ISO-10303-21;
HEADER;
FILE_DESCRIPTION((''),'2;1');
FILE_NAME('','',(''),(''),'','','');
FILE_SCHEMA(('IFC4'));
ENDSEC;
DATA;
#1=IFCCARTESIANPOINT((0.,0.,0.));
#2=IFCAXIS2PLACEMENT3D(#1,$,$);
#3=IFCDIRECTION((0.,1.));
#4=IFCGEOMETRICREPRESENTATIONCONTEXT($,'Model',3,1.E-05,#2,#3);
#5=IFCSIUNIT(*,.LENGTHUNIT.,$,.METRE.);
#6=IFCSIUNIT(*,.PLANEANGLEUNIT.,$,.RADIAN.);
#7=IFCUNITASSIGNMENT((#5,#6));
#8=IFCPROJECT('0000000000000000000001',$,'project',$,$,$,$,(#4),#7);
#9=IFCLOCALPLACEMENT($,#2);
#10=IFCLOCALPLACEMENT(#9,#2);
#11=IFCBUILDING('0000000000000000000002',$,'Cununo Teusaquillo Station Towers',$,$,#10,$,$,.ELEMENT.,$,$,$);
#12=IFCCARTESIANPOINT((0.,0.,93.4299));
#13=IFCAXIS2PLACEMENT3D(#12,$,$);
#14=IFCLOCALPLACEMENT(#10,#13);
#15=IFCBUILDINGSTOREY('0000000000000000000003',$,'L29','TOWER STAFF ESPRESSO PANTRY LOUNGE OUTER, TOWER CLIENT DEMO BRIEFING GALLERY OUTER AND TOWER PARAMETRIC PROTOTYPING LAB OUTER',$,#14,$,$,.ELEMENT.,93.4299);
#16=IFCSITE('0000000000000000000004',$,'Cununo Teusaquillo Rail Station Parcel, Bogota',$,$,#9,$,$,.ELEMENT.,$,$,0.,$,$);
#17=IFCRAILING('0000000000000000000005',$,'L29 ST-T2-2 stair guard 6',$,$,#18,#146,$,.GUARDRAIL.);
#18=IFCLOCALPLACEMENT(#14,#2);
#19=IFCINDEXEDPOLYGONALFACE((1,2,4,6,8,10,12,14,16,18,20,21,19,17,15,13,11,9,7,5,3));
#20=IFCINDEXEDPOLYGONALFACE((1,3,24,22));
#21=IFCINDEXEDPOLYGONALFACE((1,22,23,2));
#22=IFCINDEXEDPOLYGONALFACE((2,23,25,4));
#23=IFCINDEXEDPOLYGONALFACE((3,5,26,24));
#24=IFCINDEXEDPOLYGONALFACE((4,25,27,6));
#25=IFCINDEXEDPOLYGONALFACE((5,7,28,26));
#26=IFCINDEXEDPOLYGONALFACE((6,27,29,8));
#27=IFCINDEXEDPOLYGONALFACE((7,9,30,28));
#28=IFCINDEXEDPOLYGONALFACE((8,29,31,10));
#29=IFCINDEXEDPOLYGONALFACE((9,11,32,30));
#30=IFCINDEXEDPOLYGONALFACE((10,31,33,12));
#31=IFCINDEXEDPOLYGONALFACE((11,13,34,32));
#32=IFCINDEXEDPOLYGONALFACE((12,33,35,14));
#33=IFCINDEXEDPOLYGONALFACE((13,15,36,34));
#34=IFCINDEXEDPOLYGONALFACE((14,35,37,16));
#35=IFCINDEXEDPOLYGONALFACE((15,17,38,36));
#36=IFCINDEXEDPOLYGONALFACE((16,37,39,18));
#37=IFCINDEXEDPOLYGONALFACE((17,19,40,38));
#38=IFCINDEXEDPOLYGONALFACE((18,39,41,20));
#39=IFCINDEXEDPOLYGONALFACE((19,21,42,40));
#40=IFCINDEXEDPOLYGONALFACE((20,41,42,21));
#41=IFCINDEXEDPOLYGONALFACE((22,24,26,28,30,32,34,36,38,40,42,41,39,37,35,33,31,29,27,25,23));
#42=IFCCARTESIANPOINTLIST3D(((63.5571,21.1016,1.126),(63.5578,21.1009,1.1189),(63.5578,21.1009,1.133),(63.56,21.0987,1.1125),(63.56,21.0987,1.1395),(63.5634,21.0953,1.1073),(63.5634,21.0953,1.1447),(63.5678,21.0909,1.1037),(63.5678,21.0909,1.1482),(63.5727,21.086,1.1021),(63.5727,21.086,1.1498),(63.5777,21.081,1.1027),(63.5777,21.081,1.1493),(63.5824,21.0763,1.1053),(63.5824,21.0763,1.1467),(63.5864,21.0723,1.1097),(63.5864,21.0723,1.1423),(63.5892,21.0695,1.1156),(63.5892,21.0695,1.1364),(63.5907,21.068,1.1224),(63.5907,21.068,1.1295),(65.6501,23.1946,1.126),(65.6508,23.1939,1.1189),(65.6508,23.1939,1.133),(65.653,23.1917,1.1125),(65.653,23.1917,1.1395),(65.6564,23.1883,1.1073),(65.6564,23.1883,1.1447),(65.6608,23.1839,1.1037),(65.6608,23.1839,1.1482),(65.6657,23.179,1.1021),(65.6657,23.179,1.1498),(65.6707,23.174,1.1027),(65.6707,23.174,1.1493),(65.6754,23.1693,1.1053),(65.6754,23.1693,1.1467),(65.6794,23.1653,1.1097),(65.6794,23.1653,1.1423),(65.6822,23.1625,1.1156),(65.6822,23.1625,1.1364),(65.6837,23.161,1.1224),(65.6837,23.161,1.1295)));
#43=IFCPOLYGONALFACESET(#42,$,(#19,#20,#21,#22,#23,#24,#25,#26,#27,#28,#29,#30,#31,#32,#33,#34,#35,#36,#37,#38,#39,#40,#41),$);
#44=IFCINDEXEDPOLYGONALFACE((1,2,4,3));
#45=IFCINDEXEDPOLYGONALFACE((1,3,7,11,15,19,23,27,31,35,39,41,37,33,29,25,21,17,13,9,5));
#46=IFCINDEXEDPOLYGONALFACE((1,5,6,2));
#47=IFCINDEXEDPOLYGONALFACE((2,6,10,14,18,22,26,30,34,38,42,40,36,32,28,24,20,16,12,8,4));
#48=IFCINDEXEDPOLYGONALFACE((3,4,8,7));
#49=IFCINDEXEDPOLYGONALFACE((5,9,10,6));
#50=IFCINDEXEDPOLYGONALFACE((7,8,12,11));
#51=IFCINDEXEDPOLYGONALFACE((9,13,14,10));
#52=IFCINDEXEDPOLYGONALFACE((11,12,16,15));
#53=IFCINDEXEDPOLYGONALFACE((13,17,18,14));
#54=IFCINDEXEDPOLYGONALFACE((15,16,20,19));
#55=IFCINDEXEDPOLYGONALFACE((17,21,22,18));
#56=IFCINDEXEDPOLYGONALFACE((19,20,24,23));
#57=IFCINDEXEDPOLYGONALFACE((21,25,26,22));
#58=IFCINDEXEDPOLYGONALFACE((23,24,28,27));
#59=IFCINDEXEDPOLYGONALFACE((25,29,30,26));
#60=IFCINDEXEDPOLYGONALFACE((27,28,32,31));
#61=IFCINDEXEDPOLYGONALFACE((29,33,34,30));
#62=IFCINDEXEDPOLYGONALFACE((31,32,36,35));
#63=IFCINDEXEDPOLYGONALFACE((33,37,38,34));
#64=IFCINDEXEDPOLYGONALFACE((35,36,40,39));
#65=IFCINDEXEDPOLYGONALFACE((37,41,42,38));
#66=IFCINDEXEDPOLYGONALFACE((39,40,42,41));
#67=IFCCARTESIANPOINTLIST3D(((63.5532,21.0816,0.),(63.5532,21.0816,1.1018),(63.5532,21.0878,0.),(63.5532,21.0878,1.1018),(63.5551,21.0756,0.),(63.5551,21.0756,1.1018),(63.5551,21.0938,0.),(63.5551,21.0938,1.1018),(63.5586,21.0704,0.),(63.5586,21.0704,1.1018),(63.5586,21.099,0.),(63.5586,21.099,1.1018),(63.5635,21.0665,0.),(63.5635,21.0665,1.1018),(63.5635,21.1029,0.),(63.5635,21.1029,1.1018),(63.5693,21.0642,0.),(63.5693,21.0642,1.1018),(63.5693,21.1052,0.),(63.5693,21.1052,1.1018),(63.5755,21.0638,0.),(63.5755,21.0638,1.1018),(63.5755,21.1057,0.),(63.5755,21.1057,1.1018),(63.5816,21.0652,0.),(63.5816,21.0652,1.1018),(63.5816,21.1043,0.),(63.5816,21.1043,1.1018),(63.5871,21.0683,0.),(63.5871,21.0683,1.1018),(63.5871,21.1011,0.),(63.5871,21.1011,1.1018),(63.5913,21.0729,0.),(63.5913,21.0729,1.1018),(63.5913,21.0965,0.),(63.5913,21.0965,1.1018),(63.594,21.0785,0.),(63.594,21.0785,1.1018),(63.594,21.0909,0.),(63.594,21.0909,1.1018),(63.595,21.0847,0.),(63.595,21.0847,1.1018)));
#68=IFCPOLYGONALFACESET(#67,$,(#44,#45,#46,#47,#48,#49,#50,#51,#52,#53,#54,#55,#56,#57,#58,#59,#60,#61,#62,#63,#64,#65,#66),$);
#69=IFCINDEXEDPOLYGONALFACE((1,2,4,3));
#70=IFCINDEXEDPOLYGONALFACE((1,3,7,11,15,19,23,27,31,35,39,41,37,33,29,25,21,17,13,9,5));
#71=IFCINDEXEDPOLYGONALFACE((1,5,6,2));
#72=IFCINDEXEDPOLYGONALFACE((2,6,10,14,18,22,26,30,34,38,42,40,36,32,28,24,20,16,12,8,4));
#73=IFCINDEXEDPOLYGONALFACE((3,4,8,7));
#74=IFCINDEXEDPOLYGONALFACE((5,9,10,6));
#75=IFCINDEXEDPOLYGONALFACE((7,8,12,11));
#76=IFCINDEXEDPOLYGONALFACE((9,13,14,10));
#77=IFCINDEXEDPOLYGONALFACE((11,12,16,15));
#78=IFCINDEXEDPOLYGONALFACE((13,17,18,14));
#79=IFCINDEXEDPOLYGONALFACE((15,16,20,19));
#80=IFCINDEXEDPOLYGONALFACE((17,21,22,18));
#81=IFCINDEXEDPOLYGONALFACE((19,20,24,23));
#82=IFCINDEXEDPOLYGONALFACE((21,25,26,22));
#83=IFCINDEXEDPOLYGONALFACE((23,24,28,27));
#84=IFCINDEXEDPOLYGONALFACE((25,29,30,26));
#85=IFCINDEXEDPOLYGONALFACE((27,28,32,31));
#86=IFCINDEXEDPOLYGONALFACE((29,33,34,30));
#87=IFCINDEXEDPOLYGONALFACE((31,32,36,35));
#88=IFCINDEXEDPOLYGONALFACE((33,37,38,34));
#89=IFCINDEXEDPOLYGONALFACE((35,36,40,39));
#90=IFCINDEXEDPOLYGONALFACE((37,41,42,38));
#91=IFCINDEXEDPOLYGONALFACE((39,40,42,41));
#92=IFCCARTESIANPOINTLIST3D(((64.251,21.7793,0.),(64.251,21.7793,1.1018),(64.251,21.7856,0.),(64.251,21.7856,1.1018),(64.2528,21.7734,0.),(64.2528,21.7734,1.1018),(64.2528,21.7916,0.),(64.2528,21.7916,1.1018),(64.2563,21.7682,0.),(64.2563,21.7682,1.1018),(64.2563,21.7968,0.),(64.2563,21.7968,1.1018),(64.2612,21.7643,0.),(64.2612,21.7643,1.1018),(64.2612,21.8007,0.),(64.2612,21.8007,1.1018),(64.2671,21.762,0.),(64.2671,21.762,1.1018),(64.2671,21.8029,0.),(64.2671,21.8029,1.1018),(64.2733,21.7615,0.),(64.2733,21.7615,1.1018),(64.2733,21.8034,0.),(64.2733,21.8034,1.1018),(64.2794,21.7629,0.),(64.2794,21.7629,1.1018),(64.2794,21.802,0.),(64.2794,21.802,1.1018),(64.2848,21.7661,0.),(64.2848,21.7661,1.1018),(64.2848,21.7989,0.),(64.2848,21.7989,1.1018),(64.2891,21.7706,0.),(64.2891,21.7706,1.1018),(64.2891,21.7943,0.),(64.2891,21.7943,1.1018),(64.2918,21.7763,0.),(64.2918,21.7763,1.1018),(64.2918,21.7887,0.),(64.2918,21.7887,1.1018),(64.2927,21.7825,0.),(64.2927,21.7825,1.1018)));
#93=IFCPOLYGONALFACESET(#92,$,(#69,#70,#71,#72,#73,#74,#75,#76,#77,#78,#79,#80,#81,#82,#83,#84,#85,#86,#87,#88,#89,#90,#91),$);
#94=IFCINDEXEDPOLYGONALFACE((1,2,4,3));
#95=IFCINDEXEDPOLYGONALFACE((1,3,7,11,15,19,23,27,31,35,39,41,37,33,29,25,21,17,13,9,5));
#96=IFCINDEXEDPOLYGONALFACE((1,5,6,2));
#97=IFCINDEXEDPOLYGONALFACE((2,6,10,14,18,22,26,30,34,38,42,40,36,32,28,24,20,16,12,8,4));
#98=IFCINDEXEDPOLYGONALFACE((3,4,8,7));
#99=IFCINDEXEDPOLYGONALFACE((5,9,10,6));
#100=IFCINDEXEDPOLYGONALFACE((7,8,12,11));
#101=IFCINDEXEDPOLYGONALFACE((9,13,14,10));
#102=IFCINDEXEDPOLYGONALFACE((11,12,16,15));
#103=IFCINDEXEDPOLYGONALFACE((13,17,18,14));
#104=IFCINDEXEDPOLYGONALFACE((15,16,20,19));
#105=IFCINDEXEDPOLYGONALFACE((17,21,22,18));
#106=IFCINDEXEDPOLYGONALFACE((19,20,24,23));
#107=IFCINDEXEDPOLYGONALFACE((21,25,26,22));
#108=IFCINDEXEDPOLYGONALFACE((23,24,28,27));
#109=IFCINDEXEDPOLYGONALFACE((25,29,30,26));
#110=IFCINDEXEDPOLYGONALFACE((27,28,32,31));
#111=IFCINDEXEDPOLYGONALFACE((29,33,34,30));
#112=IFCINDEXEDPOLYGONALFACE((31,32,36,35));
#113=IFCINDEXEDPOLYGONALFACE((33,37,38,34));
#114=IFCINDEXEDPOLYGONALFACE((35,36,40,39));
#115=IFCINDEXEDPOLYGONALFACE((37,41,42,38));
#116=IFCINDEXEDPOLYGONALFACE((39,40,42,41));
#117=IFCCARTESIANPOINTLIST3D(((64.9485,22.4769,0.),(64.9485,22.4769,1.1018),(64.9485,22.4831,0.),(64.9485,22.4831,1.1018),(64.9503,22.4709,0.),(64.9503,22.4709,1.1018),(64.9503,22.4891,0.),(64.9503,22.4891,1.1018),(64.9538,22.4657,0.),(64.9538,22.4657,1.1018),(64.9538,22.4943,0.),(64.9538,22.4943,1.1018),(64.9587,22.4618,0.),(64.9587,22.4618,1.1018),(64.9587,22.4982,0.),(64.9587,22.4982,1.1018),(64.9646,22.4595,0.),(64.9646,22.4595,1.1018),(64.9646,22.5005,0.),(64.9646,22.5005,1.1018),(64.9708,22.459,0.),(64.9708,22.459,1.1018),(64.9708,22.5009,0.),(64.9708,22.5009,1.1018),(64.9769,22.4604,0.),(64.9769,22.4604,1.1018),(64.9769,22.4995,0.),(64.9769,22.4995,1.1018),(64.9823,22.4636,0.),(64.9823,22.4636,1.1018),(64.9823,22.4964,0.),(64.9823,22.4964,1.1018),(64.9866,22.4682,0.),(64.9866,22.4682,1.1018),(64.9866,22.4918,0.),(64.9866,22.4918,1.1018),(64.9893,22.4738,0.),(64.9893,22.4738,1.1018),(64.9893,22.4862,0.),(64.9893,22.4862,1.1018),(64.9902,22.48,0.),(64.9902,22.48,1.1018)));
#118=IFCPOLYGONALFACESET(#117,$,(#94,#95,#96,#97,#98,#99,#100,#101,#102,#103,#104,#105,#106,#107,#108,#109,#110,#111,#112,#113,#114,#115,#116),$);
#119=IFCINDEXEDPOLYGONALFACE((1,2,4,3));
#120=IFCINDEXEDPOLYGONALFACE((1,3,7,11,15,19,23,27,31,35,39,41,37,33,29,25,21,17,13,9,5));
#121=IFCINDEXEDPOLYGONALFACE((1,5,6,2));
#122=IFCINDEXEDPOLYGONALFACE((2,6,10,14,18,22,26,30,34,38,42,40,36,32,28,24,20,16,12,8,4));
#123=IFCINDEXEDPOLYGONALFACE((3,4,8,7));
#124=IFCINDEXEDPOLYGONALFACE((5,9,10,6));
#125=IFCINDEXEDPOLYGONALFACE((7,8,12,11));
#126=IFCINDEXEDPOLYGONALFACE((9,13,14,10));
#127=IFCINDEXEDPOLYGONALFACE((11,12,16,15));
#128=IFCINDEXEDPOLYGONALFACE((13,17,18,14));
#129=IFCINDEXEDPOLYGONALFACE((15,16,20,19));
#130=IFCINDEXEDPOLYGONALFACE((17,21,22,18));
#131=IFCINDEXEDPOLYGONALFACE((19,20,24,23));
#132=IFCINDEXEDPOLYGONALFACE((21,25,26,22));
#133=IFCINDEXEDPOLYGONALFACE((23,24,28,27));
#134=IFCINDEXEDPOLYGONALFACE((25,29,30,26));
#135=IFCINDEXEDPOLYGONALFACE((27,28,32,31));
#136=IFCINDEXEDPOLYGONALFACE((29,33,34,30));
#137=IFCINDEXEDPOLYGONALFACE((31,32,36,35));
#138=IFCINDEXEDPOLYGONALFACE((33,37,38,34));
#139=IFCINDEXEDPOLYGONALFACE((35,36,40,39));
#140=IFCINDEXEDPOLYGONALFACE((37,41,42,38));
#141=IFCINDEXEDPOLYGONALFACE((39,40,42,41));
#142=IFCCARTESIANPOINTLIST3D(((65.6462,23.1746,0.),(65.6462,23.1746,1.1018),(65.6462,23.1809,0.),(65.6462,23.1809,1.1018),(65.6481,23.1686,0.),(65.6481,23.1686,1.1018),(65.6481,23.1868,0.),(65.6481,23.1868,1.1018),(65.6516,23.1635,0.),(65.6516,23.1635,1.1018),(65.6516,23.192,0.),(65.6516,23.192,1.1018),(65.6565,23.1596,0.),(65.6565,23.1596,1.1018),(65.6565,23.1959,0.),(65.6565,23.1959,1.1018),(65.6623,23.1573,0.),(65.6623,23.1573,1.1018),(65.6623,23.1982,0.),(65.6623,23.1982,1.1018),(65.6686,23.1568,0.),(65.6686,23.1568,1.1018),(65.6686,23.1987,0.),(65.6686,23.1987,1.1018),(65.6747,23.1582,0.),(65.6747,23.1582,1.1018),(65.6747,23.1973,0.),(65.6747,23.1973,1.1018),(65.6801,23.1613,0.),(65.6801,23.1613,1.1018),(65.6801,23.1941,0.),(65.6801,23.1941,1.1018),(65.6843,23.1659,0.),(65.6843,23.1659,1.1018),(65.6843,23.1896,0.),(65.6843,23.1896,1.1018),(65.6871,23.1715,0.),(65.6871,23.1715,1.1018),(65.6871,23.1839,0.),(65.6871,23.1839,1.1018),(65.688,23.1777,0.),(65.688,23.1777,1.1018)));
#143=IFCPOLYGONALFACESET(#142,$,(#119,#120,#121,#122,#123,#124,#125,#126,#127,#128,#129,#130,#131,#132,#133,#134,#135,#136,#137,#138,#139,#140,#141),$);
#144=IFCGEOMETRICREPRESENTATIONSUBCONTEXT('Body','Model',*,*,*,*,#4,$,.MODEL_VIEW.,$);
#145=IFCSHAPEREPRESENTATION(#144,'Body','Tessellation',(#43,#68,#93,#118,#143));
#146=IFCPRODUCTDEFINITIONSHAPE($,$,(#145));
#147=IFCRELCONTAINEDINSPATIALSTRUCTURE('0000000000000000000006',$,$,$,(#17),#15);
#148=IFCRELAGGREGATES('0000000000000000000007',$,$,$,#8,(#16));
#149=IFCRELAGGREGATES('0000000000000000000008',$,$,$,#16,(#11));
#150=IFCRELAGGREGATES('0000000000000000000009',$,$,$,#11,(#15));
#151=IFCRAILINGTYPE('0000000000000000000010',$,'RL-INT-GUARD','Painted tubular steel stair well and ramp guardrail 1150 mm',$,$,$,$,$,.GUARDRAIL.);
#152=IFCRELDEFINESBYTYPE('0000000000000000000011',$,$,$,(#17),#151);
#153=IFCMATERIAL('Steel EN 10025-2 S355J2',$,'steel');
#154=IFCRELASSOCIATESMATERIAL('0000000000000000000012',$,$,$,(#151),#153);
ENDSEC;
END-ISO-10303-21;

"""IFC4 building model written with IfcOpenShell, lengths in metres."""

from ifc_helpers import new_model, si_unit, direction, frame, origin, origin_2d, place, context, subcontext, project, spatial, circle, extrude, material, type_object, element, save


model = new_model("IFC4")

# Units and contexts
model_context = context("Model", 3, precision=1e-05, world=origin(), true_north=direction((0.0, 1.0)))
body_context = subcontext(model_context, "Body", "Model", "MODEL_VIEW")
ifc_project = project(units=[si_unit("LENGTHUNIT", "METRE"), si_unit("PLANEANGLEUNIT", "RADIAN")], contexts=[model_context])

# Site, building, storey
site_placement = place(None, origin())
site = spatial("IfcSite", under=ifc_project, at=site_placement, Name="Cununo Teusaquillo Rail Station Parcel, Bogota", CompositionType="ELEMENT", RefElevation=0.0)
building_placement = place(site_placement, origin())
building = spatial("IfcBuilding", under=site, at=building_placement, Name="Cununo Teusaquillo Station Towers", CompositionType="ELEMENT")
storey_placement = place(building_placement, frame((0.0, 0.0, 93.4299)))
storey = spatial("IfcBuildingStorey", under=building, at=storey_placement, Name="L29", Description="TOWER STAFF ESPRESSO PANTRY LOUNGE OUTER, TOWER CLIENT DEMO BRIEFING GALLERY OUTER AND TOWER PARAMETRIC PROTOTYPING LAB OUTER", CompositionType="ELEMENT", Elevation=93.4299)

# Railing
ifc_material_1 = material(Name="Steel EN 10025-2 S355J2", Category="steel")
railing_type = type_object("IfcRailingType", Name="RL-INT-GUARD", Description="Painted tubular steel stair well and ramp guardrail 1150 mm", PredefinedType="GUARDRAIL", material=ifc_material_1)
railing_1_placement = place(storey_placement, frame((63.574, 21.0847, 0.0)))
element("IfcRailing", 1, at=railing_1_placement, inside=storey, type_object=railing_type, Name="L29 ST-T2-2 stair guard 6", PredefinedType="GUARDRAIL", context=body_context, shape_type="SweptSolid", body=[
    extrude(circle(Radius=0.0239, at=origin_2d()), frame((0.0, 0.0, 1.126), z_axis=(0.707107, 0.707107, 0.0), x_axis=(-0.707107, 0.707107, 0.0)), (0.0, 0.0, 1.0), 2.96),
    extrude(circle(Radius=0.021, at=origin_2d()), origin(), (0.0, 0.0, 1.0), 1.1018),
    extrude(circle(Radius=0.021, at=origin_2d()), frame((0.6978, 0.6978, 0.0)), (0.0, 0.0, 1.0), 1.1018),
    extrude(circle(Radius=0.021, at=origin_2d()), frame((1.3953, 1.3953, 0.0)), (0.0, 0.0, 1.0), 1.1018),
    extrude(circle(Radius=0.021, at=origin_2d()), frame((2.093, 2.093, 0.0)), (0.0, 0.0, 1.0), 1.1018),
])

save(model, "model.ifc")
